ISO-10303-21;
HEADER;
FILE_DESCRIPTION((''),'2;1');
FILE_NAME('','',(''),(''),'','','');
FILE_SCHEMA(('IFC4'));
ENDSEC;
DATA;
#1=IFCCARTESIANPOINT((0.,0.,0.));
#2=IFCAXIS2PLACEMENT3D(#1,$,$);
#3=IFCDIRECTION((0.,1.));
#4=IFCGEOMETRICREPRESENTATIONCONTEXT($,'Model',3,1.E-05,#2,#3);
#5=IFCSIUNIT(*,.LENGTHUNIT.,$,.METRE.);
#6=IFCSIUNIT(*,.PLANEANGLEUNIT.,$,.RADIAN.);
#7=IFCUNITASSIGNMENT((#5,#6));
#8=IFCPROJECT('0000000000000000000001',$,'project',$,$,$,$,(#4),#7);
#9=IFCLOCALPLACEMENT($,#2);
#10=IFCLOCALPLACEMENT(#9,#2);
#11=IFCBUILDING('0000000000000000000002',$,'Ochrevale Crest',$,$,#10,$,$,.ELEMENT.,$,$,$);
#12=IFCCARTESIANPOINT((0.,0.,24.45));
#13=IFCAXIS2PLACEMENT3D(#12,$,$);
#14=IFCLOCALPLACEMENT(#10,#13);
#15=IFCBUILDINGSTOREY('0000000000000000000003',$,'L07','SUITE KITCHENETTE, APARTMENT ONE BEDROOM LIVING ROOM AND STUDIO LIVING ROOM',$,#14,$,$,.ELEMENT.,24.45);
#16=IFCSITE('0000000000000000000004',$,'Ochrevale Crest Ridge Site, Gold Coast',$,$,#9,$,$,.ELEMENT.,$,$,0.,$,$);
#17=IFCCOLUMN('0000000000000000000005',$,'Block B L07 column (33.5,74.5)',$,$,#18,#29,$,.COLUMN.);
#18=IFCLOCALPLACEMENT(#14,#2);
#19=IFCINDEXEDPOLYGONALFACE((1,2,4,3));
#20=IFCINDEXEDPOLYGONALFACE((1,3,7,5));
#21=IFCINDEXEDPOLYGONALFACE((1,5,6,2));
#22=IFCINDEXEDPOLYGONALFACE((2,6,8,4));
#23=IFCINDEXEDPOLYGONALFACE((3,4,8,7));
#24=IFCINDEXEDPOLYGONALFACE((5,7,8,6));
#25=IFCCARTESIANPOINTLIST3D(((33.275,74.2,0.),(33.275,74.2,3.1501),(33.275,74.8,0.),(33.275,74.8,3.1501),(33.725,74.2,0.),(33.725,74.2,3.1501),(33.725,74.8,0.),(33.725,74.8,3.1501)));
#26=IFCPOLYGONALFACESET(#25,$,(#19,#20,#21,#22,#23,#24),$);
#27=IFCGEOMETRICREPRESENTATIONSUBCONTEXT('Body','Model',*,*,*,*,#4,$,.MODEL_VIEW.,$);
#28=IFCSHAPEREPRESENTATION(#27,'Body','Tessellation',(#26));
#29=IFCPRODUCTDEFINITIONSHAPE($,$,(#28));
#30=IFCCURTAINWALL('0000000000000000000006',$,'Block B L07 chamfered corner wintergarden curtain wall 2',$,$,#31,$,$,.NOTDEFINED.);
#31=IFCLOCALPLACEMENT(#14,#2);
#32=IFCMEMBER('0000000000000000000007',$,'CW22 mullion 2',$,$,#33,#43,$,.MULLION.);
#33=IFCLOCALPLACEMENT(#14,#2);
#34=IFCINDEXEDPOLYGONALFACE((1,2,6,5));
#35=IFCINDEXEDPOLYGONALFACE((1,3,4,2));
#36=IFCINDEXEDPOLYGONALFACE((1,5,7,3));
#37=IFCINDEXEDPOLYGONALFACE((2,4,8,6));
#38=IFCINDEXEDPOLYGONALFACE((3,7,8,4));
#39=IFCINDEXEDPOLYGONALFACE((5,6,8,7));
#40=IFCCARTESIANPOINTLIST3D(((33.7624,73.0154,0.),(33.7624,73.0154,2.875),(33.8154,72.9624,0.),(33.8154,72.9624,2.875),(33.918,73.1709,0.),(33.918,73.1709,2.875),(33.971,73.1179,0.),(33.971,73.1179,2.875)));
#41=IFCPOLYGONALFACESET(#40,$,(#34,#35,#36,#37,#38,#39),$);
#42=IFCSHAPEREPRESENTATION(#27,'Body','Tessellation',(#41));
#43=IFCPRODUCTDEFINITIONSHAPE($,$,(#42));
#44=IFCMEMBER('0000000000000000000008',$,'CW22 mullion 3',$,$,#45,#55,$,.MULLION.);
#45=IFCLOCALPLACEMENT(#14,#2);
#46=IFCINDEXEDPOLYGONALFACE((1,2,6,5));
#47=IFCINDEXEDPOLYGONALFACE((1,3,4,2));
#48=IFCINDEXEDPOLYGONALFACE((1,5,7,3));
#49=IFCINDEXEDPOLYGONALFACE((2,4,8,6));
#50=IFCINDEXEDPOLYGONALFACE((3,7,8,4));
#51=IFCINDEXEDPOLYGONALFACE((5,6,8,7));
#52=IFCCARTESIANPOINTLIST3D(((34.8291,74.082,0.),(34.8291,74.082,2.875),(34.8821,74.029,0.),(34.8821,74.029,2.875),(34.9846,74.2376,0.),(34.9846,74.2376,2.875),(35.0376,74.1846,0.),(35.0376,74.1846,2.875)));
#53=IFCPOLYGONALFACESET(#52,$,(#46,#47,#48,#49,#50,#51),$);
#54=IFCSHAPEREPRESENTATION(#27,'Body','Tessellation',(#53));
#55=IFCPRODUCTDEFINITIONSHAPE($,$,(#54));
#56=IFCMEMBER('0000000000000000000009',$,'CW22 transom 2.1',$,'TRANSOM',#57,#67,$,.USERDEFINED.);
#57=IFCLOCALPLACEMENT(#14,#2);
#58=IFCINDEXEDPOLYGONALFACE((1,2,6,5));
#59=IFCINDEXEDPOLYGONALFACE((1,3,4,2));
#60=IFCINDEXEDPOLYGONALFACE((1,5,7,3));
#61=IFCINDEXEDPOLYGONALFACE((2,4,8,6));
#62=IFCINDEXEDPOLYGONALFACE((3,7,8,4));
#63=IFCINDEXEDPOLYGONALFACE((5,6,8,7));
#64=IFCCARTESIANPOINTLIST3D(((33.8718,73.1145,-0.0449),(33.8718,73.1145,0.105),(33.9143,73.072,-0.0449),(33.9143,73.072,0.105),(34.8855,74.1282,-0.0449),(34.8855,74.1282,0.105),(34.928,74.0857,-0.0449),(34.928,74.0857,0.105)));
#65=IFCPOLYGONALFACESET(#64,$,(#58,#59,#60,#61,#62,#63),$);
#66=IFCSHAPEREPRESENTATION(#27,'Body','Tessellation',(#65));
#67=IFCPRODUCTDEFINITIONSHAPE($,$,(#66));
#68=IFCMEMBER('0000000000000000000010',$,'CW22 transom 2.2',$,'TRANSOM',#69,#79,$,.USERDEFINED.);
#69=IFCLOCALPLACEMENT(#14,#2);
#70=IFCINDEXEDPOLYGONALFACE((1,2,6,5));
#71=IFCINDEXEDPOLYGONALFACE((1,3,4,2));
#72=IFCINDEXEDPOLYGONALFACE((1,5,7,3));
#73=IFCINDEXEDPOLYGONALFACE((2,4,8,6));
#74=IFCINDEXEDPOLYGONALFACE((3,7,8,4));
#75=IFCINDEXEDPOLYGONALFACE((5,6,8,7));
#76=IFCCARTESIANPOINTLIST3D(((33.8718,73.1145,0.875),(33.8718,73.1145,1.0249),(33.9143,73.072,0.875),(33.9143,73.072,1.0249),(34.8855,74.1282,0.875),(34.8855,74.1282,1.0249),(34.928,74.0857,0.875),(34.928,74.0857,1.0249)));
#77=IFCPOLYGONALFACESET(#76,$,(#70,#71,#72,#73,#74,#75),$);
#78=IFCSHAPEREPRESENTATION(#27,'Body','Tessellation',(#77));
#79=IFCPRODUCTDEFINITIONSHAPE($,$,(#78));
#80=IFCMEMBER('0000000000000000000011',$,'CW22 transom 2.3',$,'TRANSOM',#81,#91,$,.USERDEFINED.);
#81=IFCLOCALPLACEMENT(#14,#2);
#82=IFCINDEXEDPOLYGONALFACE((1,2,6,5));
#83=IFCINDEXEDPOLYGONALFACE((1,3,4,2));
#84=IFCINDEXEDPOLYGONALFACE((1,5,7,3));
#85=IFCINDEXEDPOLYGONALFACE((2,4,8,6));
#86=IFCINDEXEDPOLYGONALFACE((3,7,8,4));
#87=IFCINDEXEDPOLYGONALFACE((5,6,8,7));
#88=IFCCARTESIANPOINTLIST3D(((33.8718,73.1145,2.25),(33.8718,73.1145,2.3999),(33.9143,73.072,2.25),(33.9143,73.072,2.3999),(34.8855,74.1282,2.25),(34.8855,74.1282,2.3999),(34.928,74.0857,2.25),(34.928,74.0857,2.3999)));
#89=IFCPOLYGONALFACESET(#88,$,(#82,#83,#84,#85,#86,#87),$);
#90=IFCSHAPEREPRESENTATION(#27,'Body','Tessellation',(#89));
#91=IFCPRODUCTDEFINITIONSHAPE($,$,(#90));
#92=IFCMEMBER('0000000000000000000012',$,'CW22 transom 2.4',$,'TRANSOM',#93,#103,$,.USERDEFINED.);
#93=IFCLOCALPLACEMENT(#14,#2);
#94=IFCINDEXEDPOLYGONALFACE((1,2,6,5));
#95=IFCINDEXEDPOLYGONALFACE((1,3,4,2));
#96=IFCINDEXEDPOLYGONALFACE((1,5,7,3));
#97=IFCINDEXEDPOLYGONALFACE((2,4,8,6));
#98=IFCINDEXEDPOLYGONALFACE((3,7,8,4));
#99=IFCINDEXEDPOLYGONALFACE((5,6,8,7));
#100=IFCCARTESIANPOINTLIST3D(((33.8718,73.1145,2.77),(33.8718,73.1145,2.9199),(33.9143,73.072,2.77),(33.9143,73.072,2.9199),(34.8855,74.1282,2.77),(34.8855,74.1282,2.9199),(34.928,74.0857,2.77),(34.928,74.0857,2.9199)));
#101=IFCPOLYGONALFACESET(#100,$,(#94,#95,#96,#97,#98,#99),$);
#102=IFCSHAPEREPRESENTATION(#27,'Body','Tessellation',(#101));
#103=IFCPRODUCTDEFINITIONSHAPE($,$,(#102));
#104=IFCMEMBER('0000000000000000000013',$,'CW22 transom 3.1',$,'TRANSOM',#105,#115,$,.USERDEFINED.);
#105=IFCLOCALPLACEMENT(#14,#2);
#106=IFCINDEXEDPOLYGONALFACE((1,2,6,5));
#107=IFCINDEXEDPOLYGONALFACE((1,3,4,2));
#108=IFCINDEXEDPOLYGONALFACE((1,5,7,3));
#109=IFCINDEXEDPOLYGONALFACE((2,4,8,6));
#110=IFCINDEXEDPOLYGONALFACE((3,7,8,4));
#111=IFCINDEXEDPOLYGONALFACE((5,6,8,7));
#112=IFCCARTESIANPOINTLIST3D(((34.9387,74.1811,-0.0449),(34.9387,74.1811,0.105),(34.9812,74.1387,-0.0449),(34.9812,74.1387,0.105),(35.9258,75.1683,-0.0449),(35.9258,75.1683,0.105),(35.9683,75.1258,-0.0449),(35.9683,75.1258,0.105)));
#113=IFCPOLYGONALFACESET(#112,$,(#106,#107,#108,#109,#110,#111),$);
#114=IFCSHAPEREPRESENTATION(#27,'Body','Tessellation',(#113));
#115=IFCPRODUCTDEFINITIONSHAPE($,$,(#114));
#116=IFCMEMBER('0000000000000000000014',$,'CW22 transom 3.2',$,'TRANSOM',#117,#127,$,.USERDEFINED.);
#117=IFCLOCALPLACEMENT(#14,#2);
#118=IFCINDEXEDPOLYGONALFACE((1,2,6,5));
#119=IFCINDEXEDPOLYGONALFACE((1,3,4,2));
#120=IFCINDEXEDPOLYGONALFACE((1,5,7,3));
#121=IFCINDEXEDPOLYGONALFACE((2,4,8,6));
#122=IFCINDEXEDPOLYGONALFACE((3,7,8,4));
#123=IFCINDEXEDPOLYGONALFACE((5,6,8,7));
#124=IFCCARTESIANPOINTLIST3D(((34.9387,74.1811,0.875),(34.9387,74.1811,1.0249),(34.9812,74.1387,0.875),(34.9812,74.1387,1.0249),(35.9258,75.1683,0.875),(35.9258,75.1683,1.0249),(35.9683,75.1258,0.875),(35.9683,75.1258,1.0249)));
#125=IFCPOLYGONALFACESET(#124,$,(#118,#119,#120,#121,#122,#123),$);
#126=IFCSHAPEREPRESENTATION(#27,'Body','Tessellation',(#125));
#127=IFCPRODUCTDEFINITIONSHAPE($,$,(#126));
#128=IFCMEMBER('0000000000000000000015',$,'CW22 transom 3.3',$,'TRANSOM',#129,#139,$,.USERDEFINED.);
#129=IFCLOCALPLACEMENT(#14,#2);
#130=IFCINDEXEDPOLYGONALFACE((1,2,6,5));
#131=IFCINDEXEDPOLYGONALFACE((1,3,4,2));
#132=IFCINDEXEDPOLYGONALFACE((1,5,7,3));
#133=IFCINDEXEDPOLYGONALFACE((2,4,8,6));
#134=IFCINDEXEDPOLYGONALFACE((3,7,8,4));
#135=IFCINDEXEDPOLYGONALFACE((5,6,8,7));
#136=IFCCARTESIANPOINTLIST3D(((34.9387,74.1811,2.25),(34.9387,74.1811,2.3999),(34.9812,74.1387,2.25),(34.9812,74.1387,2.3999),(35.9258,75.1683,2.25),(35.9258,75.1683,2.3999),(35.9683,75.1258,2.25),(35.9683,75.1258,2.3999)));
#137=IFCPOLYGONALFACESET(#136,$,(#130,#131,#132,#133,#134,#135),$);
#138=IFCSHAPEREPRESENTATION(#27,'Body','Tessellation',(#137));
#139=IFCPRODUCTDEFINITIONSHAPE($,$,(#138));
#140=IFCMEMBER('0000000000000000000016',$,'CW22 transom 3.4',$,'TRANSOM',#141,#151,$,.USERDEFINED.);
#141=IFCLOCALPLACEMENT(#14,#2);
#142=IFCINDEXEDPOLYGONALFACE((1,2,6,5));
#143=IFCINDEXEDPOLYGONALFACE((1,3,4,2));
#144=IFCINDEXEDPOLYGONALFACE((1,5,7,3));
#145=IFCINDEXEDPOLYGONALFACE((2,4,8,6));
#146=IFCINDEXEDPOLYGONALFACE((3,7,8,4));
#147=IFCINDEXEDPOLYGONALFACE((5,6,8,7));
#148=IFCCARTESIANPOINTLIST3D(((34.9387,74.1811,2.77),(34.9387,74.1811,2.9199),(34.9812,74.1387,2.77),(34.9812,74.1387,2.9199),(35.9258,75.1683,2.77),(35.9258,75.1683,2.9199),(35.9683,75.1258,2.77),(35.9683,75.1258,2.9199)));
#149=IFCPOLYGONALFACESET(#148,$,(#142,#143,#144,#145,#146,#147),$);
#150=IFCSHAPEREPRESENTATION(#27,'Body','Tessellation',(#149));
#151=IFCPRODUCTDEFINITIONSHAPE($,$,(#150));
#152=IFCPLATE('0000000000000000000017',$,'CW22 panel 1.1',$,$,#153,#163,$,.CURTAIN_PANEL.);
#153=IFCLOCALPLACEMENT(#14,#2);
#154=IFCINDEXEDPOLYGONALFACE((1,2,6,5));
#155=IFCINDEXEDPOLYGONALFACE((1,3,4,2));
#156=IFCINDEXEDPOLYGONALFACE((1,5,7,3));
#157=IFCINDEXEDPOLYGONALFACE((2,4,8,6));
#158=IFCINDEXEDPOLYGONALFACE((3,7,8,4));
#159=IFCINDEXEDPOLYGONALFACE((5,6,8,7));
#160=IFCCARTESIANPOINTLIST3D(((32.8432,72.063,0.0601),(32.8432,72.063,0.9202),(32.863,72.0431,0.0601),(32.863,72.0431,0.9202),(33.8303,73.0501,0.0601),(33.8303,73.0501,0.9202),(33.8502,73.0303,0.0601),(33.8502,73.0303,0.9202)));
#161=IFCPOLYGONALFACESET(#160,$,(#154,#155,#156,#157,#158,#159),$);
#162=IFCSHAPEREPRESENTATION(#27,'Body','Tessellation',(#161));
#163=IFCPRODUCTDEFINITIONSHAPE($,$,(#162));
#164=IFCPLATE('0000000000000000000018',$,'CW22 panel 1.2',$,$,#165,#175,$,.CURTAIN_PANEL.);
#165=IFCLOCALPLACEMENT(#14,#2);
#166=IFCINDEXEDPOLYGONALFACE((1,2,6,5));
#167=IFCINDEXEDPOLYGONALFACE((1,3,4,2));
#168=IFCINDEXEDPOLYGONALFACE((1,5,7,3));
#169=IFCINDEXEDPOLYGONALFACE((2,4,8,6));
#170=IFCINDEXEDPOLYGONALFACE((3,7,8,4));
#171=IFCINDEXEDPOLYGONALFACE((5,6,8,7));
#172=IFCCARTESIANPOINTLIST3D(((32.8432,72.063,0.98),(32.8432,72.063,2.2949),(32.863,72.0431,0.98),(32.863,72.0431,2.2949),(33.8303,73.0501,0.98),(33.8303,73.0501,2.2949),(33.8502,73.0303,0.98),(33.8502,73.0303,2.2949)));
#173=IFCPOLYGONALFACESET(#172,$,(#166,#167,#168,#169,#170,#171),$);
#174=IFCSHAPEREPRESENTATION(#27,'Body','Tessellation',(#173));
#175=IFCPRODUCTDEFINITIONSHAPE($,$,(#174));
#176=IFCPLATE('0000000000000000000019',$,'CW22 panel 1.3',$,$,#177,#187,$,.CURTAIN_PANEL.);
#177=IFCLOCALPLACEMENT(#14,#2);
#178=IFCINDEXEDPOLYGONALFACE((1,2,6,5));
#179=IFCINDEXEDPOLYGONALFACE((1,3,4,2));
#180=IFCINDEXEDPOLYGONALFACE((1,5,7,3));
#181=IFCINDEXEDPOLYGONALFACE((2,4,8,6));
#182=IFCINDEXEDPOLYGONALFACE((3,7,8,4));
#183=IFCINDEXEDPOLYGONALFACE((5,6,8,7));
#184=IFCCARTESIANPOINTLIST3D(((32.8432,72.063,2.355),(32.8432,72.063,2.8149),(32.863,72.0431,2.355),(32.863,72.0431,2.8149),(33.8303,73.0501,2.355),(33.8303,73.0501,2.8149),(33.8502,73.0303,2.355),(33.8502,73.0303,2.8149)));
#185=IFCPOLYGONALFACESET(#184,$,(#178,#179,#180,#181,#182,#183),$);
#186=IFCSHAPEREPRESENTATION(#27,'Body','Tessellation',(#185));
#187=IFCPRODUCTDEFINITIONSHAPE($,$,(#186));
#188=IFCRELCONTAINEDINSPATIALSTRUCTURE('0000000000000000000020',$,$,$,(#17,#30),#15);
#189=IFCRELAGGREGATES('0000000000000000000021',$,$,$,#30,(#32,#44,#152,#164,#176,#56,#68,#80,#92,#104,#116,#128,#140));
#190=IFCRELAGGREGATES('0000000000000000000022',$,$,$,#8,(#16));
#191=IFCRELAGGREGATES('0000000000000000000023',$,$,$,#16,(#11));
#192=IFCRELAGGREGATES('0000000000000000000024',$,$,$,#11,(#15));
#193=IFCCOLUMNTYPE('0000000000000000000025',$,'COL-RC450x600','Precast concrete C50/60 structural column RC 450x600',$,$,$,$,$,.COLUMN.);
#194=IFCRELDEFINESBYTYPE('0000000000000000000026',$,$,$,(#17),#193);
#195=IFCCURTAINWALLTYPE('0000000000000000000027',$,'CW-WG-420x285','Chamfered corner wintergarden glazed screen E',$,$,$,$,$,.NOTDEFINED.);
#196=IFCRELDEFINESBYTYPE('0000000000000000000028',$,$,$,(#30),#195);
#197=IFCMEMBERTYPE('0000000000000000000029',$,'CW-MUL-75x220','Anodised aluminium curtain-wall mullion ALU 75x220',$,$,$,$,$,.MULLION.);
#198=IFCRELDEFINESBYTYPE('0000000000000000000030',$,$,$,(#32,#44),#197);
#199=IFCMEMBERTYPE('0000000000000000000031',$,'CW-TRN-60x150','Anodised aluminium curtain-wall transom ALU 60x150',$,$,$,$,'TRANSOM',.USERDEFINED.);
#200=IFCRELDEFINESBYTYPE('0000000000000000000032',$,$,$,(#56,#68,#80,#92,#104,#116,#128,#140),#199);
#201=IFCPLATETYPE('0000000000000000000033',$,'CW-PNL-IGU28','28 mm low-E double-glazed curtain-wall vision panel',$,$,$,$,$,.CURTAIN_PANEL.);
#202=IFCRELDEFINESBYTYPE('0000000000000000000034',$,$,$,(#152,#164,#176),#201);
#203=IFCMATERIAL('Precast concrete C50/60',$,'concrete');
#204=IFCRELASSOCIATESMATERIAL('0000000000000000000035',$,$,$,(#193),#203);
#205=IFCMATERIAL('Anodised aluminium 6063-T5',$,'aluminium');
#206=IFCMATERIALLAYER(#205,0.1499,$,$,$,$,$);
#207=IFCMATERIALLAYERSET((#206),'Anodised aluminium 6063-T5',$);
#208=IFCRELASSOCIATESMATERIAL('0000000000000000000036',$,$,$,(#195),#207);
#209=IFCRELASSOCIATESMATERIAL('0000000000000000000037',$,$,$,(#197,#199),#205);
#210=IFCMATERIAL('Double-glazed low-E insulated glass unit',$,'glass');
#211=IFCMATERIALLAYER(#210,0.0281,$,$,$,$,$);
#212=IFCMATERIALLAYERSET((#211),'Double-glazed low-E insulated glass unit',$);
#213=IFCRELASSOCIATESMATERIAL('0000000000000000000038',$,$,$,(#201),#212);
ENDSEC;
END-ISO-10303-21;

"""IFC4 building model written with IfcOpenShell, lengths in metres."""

from ifc_helpers import new_model, si_unit, direction, frame, origin, origin_2d, place, context, subcontext, project, spatial, rectangle, extrude, material, layer, layer_set, material_profile, profile_set, type_object, element, aggregate, save


model = new_model("IFC4")

# Units and contexts
model_context = context("Model", 3, precision=1e-05, world=origin(), true_north=direction((0.0, 1.0)))
body_context = subcontext(model_context, "Body", "Model", "MODEL_VIEW")
ifc_project = project(units=[si_unit("LENGTHUNIT", "METRE"), si_unit("PLANEANGLEUNIT", "RADIAN")], contexts=[model_context])

# Site, building, storey
site_placement = place(None, origin())
site = spatial("IfcSite", under=ifc_project, at=site_placement, Name="Ochrevale Crest Ridge Site, Gold Coast", CompositionType="ELEMENT", RefElevation=0.0)
building_placement = place(site_placement, origin())
building = spatial("IfcBuilding", under=site, at=building_placement, Name="Ochrevale Crest", CompositionType="ELEMENT")
storey_placement = place(building_placement, frame((0.0, 0.0, 24.45)))
storey = spatial("IfcBuildingStorey", under=building, at=storey_placement, Name="L07", Description="SUITE KITCHENETTE, APARTMENT ONE BEDROOM LIVING ROOM AND STUDIO LIVING ROOM", CompositionType="ELEMENT", Elevation=24.45)

# Column
ifc_material_1 = material(Name="Precast concrete C50/60", Category="concrete")
ifc_material_profile_1 = material_profile(ifc_material_1, rectangle(XDim=0.45, YDim=0.6001, at=origin_2d()), Name="RC 450x600")
ifc_profile_set_1 = profile_set([ifc_material_profile_1], Name="Precast concrete C50/60")
column_type = type_object("IfcColumnType", Name="COL-RC450x600", Description="Precast concrete C50/60 structural column RC 450x600", PredefinedType="COLUMN", material=ifc_profile_set_1)
column_placement = place(storey_placement, frame((33.5, 74.5, 0.0), z_axis=(0.0, 0.0, 1.0), x_axis=(1.0, 0.0, 0.0)))
element("IfcColumn", 1, at=column_placement, inside=storey, type_object=column_type, Name="Block B L07 column (33.5,74.5)", PredefinedType="COLUMN", context=body_context, shape_type="SweptSolid", body=[
    extrude(rectangle(XDim=0.45, YDim=0.6001, at=origin_2d()), origin(), (0.0, 0.0, 1.0), 3.1501),
])

# Curtain wall, members, plates
ifc_material_2 = material(Name="Anodised aluminium 6063-T5", Category="aluminium")
ifc_layer_1 = layer(ifc_material_2, 0.1499)
ifc_layer_set_1 = layer_set([ifc_layer_1], Name="Anodised aluminium 6063-T5")
curtain_wall_type = type_object("IfcCurtainWallType", Name="CW-WG-420x285", Description="Chamfered corner wintergarden glazed screen E", PredefinedType="NOTDEFINED", material=ifc_layer_set_1)
curtain_wall_placement = place(storey_placement, origin())
curtain_wall = element("IfcCurtainWall", 2, at=curtain_wall_placement, inside=storey, type_object=curtain_wall_type, Name="Block B L07 chamfered corner wintergarden curtain wall 2", PredefinedType="NOTDEFINED")
ifc_material_profile_2 = material_profile(ifc_material_2, rectangle(XDim=0.075, YDim=0.22, at=origin_2d()), Name="ALU 75x220")
ifc_profile_set_2 = profile_set([ifc_material_profile_2], Name="Anodised aluminium 6063-T5")
member_type_1 = type_object("IfcMemberType", Name="CW-MUL-75x220", Description="Anodised aluminium curtain-wall mullion ALU 75x220", PredefinedType="MULLION", material=ifc_profile_set_2)
member_1_placement = place(storey_placement, frame((33.8667, 73.0667, 0.0), z_axis=(0.0, 0.0, 1.0), x_axis=(-0.707107, 0.707107, 0.0)))
member_1 = element("IfcMember", 3, at=member_1_placement, type_object=member_type_1, Name="CW22 mullion 2", PredefinedType="MULLION", context=body_context, shape_type="SweptSolid", body=[
    extrude(rectangle(XDim=0.075, YDim=0.22, at=origin_2d()), origin(), (0.0, 0.0, 1.0), 2.875),
])
member_2_placement = place(storey_placement, frame((34.9333, 74.1333, 0.0), z_axis=(0.0, 0.0, 1.0), x_axis=(-0.707107, 0.707107, 0.0)))
member_2 = element("IfcMember", 4, at=member_2_placement, type_object=member_type_1, Name="CW22 mullion 3", PredefinedType="MULLION", context=body_context, shape_type="SweptSolid", body=[
    extrude(rectangle(XDim=0.075, YDim=0.22, at=origin_2d()), origin(), (0.0, 0.0, 1.0), 2.875),
])
ifc_material_profile_3 = material_profile(ifc_material_2, rectangle(XDim=0.0601, YDim=0.1499, at=origin_2d()), Name="ALU 60x150")
ifc_profile_set_3 = profile_set([ifc_material_profile_3], Name="Anodised aluminium 6063-T5")
member_type_2 = type_object("IfcMemberType", Name="CW-TRN-60x150", Description="Anodised aluminium curtain-wall transom ALU 60x150", ElementType="TRANSOM", PredefinedType="USERDEFINED", material=ifc_profile_set_3)
member_3_placement = place(storey_placement, frame((33.8931, 73.0933, 0.03), z_axis=(0.707107, 0.707107, 0.0), x_axis=(-0.707107, 0.707107, 0.0)))
member_3 = element("IfcMember", 5, at=member_3_placement, type_object=member_type_2, Name="CW22 transom 2.1", ObjectType="TRANSOM", PredefinedType="USERDEFINED", context=body_context, shape_type="SweptSolid", body=[
    extrude(rectangle(XDim=0.0601, YDim=0.1499, at=origin_2d()), origin(), (0.0, 0.0, 1.0), 1.4336),
])
member_4_placement = place(storey_placement, frame((33.8931, 73.0933, 0.95), z_axis=(0.707107, 0.707107, 0.0), x_axis=(-0.707107, 0.707107, 0.0)))
member_4 = element("IfcMember", 6, at=member_4_placement, type_object=member_type_2, Name="CW22 transom 2.2", ObjectType="TRANSOM", PredefinedType="USERDEFINED", context=body_context, shape_type="SweptSolid", body=[
    extrude(rectangle(XDim=0.0601, YDim=0.1499, at=origin_2d()), origin(), (0.0, 0.0, 1.0), 1.4336),
])
member_5_placement = place(storey_placement, frame((33.8931, 73.0933, 2.325), z_axis=(0.707107, 0.707107, 0.0), x_axis=(-0.707107, 0.707107, 0.0)))
member_5 = element("IfcMember", 7, at=member_5_placement, type_object=member_type_2, Name="CW22 transom 2.3", ObjectType="TRANSOM", PredefinedType="USERDEFINED", context=body_context, shape_type="SweptSolid", body=[
    extrude(rectangle(XDim=0.0601, YDim=0.1499, at=origin_2d()), origin(), (0.0, 0.0, 1.0), 1.4336),
])
member_6_placement = place(storey_placement, frame((33.8931, 73.0933, 2.845), z_axis=(0.707107, 0.707107, 0.0), x_axis=(-0.707107, 0.707107, 0.0)))
member_6 = element("IfcMember", 8, at=member_6_placement, type_object=member_type_2, Name="CW22 transom 2.4", ObjectType="TRANSOM", PredefinedType="USERDEFINED", context=body_context, shape_type="SweptSolid", body=[
    extrude(rectangle(XDim=0.0601, YDim=0.1499, at=origin_2d()), origin(), (0.0, 0.0, 1.0), 1.4336),
])
member_7_placement = place(storey_placement, frame((34.96, 74.1599, 0.03), z_axis=(0.707107, 0.707107, 0.0), x_axis=(-0.707107, 0.707107, 0.0)))
member_7 = element("IfcMember", 9, at=member_7_placement, type_object=member_type_2, Name="CW22 transom 3.1", ObjectType="TRANSOM", PredefinedType="USERDEFINED", context=body_context, shape_type="SweptSolid", body=[
    extrude(rectangle(XDim=0.0601, YDim=0.1499, at=origin_2d()), origin(), (0.0, 0.0, 1.0), 1.396),
])
member_8_placement = place(storey_placement, frame((34.96, 74.1599, 0.95), z_axis=(0.707107, 0.707107, 0.0), x_axis=(-0.707107, 0.707107, 0.0)))
member_8 = element("IfcMember", 10, at=member_8_placement, type_object=member_type_2, Name="CW22 transom 3.2", ObjectType="TRANSOM", PredefinedType="USERDEFINED", context=body_context, shape_type="SweptSolid", body=[
    extrude(rectangle(XDim=0.0601, YDim=0.1499, at=origin_2d()), origin(), (0.0, 0.0, 1.0), 1.396),
])
member_9_placement = place(storey_placement, frame((34.96, 74.1599, 2.325), z_axis=(0.707107, 0.707107, 0.0), x_axis=(-0.707107, 0.707107, 0.0)))
member_9 = element("IfcMember", 11, at=member_9_placement, type_object=member_type_2, Name="CW22 transom 3.3", ObjectType="TRANSOM", PredefinedType="USERDEFINED", context=body_context, shape_type="SweptSolid", body=[
    extrude(rectangle(XDim=0.0601, YDim=0.1499, at=origin_2d()), origin(), (0.0, 0.0, 1.0), 1.396),
])
member_10_placement = place(storey_placement, frame((34.96, 74.1599, 2.845), z_axis=(0.707107, 0.707107, 0.0), x_axis=(-0.707107, 0.707107, 0.0)))
member_10 = element("IfcMember", 12, at=member_10_placement, type_object=member_type_2, Name="CW22 transom 3.4", ObjectType="TRANSOM", PredefinedType="USERDEFINED", context=body_context, shape_type="SweptSolid", body=[
    extrude(rectangle(XDim=0.0601, YDim=0.1499, at=origin_2d()), origin(), (0.0, 0.0, 1.0), 1.396),
])
ifc_material_3 = material(Name="Double-glazed low-E insulated glass unit", Category="glass")
ifc_layer_2 = layer(ifc_material_3, 0.0281)
ifc_layer_set_2 = layer_set([ifc_layer_2], Name="Double-glazed low-E insulated glass unit")
plate_type = type_object("IfcPlateType", Name="CW-PNL-IGU28", Description="28 mm low-E double-glazed curtain-wall vision panel", PredefinedType="CURTAIN_PANEL", material=ifc_layer_set_2)
plate_1_placement = place(storey_placement, frame((33.3467, 72.5466, 0.0601), z_axis=(0.0, 0.0, 1.0), x_axis=(0.707107, 0.707107, 0.0)))
plate_1 = element("IfcPlate", 13, at=plate_1_placement, type_object=plate_type, Name="CW22 panel 1.1", PredefinedType="CURTAIN_PANEL", context=body_context, shape_type="SweptSolid", body=[
    extrude(rectangle(XDim=1.396, YDim=0.0281, at=origin_2d()), origin(), (0.0, 0.0, 1.0), 0.8601),
])
plate_2_placement = place(storey_placement, frame((33.3467, 72.5466, 0.98), z_axis=(0.0, 0.0, 1.0), x_axis=(0.707107, 0.707107, 0.0)))
plate_2 = element("IfcPlate", 14, at=plate_2_placement, type_object=plate_type, Name="CW22 panel 1.2", PredefinedType="CURTAIN_PANEL", context=body_context, shape_type="SweptSolid", body=[
    extrude(rectangle(XDim=1.396, YDim=0.0281, at=origin_2d()), origin(), (0.0, 0.0, 1.0), 1.3149),
])
plate_3_placement = place(storey_placement, frame((33.3467, 72.5466, 2.355), z_axis=(0.0, 0.0, 1.0), x_axis=(0.707107, 0.707107, 0.0)))
plate_3 = element("IfcPlate", 15, at=plate_3_placement, type_object=plate_type, Name="CW22 panel 1.3", PredefinedType="CURTAIN_PANEL", context=body_context, shape_type="SweptSolid", body=[
    extrude(rectangle(XDim=1.396, YDim=0.0281, at=origin_2d()), origin(), (0.0, 0.0, 1.0), 0.46),
])
aggregate(curtain_wall, [member_1, member_2, plate_1, plate_2, plate_3, member_3, member_4, member_5, member_6, member_7, member_8, member_9, member_10])

save(model, "model.ifc")
